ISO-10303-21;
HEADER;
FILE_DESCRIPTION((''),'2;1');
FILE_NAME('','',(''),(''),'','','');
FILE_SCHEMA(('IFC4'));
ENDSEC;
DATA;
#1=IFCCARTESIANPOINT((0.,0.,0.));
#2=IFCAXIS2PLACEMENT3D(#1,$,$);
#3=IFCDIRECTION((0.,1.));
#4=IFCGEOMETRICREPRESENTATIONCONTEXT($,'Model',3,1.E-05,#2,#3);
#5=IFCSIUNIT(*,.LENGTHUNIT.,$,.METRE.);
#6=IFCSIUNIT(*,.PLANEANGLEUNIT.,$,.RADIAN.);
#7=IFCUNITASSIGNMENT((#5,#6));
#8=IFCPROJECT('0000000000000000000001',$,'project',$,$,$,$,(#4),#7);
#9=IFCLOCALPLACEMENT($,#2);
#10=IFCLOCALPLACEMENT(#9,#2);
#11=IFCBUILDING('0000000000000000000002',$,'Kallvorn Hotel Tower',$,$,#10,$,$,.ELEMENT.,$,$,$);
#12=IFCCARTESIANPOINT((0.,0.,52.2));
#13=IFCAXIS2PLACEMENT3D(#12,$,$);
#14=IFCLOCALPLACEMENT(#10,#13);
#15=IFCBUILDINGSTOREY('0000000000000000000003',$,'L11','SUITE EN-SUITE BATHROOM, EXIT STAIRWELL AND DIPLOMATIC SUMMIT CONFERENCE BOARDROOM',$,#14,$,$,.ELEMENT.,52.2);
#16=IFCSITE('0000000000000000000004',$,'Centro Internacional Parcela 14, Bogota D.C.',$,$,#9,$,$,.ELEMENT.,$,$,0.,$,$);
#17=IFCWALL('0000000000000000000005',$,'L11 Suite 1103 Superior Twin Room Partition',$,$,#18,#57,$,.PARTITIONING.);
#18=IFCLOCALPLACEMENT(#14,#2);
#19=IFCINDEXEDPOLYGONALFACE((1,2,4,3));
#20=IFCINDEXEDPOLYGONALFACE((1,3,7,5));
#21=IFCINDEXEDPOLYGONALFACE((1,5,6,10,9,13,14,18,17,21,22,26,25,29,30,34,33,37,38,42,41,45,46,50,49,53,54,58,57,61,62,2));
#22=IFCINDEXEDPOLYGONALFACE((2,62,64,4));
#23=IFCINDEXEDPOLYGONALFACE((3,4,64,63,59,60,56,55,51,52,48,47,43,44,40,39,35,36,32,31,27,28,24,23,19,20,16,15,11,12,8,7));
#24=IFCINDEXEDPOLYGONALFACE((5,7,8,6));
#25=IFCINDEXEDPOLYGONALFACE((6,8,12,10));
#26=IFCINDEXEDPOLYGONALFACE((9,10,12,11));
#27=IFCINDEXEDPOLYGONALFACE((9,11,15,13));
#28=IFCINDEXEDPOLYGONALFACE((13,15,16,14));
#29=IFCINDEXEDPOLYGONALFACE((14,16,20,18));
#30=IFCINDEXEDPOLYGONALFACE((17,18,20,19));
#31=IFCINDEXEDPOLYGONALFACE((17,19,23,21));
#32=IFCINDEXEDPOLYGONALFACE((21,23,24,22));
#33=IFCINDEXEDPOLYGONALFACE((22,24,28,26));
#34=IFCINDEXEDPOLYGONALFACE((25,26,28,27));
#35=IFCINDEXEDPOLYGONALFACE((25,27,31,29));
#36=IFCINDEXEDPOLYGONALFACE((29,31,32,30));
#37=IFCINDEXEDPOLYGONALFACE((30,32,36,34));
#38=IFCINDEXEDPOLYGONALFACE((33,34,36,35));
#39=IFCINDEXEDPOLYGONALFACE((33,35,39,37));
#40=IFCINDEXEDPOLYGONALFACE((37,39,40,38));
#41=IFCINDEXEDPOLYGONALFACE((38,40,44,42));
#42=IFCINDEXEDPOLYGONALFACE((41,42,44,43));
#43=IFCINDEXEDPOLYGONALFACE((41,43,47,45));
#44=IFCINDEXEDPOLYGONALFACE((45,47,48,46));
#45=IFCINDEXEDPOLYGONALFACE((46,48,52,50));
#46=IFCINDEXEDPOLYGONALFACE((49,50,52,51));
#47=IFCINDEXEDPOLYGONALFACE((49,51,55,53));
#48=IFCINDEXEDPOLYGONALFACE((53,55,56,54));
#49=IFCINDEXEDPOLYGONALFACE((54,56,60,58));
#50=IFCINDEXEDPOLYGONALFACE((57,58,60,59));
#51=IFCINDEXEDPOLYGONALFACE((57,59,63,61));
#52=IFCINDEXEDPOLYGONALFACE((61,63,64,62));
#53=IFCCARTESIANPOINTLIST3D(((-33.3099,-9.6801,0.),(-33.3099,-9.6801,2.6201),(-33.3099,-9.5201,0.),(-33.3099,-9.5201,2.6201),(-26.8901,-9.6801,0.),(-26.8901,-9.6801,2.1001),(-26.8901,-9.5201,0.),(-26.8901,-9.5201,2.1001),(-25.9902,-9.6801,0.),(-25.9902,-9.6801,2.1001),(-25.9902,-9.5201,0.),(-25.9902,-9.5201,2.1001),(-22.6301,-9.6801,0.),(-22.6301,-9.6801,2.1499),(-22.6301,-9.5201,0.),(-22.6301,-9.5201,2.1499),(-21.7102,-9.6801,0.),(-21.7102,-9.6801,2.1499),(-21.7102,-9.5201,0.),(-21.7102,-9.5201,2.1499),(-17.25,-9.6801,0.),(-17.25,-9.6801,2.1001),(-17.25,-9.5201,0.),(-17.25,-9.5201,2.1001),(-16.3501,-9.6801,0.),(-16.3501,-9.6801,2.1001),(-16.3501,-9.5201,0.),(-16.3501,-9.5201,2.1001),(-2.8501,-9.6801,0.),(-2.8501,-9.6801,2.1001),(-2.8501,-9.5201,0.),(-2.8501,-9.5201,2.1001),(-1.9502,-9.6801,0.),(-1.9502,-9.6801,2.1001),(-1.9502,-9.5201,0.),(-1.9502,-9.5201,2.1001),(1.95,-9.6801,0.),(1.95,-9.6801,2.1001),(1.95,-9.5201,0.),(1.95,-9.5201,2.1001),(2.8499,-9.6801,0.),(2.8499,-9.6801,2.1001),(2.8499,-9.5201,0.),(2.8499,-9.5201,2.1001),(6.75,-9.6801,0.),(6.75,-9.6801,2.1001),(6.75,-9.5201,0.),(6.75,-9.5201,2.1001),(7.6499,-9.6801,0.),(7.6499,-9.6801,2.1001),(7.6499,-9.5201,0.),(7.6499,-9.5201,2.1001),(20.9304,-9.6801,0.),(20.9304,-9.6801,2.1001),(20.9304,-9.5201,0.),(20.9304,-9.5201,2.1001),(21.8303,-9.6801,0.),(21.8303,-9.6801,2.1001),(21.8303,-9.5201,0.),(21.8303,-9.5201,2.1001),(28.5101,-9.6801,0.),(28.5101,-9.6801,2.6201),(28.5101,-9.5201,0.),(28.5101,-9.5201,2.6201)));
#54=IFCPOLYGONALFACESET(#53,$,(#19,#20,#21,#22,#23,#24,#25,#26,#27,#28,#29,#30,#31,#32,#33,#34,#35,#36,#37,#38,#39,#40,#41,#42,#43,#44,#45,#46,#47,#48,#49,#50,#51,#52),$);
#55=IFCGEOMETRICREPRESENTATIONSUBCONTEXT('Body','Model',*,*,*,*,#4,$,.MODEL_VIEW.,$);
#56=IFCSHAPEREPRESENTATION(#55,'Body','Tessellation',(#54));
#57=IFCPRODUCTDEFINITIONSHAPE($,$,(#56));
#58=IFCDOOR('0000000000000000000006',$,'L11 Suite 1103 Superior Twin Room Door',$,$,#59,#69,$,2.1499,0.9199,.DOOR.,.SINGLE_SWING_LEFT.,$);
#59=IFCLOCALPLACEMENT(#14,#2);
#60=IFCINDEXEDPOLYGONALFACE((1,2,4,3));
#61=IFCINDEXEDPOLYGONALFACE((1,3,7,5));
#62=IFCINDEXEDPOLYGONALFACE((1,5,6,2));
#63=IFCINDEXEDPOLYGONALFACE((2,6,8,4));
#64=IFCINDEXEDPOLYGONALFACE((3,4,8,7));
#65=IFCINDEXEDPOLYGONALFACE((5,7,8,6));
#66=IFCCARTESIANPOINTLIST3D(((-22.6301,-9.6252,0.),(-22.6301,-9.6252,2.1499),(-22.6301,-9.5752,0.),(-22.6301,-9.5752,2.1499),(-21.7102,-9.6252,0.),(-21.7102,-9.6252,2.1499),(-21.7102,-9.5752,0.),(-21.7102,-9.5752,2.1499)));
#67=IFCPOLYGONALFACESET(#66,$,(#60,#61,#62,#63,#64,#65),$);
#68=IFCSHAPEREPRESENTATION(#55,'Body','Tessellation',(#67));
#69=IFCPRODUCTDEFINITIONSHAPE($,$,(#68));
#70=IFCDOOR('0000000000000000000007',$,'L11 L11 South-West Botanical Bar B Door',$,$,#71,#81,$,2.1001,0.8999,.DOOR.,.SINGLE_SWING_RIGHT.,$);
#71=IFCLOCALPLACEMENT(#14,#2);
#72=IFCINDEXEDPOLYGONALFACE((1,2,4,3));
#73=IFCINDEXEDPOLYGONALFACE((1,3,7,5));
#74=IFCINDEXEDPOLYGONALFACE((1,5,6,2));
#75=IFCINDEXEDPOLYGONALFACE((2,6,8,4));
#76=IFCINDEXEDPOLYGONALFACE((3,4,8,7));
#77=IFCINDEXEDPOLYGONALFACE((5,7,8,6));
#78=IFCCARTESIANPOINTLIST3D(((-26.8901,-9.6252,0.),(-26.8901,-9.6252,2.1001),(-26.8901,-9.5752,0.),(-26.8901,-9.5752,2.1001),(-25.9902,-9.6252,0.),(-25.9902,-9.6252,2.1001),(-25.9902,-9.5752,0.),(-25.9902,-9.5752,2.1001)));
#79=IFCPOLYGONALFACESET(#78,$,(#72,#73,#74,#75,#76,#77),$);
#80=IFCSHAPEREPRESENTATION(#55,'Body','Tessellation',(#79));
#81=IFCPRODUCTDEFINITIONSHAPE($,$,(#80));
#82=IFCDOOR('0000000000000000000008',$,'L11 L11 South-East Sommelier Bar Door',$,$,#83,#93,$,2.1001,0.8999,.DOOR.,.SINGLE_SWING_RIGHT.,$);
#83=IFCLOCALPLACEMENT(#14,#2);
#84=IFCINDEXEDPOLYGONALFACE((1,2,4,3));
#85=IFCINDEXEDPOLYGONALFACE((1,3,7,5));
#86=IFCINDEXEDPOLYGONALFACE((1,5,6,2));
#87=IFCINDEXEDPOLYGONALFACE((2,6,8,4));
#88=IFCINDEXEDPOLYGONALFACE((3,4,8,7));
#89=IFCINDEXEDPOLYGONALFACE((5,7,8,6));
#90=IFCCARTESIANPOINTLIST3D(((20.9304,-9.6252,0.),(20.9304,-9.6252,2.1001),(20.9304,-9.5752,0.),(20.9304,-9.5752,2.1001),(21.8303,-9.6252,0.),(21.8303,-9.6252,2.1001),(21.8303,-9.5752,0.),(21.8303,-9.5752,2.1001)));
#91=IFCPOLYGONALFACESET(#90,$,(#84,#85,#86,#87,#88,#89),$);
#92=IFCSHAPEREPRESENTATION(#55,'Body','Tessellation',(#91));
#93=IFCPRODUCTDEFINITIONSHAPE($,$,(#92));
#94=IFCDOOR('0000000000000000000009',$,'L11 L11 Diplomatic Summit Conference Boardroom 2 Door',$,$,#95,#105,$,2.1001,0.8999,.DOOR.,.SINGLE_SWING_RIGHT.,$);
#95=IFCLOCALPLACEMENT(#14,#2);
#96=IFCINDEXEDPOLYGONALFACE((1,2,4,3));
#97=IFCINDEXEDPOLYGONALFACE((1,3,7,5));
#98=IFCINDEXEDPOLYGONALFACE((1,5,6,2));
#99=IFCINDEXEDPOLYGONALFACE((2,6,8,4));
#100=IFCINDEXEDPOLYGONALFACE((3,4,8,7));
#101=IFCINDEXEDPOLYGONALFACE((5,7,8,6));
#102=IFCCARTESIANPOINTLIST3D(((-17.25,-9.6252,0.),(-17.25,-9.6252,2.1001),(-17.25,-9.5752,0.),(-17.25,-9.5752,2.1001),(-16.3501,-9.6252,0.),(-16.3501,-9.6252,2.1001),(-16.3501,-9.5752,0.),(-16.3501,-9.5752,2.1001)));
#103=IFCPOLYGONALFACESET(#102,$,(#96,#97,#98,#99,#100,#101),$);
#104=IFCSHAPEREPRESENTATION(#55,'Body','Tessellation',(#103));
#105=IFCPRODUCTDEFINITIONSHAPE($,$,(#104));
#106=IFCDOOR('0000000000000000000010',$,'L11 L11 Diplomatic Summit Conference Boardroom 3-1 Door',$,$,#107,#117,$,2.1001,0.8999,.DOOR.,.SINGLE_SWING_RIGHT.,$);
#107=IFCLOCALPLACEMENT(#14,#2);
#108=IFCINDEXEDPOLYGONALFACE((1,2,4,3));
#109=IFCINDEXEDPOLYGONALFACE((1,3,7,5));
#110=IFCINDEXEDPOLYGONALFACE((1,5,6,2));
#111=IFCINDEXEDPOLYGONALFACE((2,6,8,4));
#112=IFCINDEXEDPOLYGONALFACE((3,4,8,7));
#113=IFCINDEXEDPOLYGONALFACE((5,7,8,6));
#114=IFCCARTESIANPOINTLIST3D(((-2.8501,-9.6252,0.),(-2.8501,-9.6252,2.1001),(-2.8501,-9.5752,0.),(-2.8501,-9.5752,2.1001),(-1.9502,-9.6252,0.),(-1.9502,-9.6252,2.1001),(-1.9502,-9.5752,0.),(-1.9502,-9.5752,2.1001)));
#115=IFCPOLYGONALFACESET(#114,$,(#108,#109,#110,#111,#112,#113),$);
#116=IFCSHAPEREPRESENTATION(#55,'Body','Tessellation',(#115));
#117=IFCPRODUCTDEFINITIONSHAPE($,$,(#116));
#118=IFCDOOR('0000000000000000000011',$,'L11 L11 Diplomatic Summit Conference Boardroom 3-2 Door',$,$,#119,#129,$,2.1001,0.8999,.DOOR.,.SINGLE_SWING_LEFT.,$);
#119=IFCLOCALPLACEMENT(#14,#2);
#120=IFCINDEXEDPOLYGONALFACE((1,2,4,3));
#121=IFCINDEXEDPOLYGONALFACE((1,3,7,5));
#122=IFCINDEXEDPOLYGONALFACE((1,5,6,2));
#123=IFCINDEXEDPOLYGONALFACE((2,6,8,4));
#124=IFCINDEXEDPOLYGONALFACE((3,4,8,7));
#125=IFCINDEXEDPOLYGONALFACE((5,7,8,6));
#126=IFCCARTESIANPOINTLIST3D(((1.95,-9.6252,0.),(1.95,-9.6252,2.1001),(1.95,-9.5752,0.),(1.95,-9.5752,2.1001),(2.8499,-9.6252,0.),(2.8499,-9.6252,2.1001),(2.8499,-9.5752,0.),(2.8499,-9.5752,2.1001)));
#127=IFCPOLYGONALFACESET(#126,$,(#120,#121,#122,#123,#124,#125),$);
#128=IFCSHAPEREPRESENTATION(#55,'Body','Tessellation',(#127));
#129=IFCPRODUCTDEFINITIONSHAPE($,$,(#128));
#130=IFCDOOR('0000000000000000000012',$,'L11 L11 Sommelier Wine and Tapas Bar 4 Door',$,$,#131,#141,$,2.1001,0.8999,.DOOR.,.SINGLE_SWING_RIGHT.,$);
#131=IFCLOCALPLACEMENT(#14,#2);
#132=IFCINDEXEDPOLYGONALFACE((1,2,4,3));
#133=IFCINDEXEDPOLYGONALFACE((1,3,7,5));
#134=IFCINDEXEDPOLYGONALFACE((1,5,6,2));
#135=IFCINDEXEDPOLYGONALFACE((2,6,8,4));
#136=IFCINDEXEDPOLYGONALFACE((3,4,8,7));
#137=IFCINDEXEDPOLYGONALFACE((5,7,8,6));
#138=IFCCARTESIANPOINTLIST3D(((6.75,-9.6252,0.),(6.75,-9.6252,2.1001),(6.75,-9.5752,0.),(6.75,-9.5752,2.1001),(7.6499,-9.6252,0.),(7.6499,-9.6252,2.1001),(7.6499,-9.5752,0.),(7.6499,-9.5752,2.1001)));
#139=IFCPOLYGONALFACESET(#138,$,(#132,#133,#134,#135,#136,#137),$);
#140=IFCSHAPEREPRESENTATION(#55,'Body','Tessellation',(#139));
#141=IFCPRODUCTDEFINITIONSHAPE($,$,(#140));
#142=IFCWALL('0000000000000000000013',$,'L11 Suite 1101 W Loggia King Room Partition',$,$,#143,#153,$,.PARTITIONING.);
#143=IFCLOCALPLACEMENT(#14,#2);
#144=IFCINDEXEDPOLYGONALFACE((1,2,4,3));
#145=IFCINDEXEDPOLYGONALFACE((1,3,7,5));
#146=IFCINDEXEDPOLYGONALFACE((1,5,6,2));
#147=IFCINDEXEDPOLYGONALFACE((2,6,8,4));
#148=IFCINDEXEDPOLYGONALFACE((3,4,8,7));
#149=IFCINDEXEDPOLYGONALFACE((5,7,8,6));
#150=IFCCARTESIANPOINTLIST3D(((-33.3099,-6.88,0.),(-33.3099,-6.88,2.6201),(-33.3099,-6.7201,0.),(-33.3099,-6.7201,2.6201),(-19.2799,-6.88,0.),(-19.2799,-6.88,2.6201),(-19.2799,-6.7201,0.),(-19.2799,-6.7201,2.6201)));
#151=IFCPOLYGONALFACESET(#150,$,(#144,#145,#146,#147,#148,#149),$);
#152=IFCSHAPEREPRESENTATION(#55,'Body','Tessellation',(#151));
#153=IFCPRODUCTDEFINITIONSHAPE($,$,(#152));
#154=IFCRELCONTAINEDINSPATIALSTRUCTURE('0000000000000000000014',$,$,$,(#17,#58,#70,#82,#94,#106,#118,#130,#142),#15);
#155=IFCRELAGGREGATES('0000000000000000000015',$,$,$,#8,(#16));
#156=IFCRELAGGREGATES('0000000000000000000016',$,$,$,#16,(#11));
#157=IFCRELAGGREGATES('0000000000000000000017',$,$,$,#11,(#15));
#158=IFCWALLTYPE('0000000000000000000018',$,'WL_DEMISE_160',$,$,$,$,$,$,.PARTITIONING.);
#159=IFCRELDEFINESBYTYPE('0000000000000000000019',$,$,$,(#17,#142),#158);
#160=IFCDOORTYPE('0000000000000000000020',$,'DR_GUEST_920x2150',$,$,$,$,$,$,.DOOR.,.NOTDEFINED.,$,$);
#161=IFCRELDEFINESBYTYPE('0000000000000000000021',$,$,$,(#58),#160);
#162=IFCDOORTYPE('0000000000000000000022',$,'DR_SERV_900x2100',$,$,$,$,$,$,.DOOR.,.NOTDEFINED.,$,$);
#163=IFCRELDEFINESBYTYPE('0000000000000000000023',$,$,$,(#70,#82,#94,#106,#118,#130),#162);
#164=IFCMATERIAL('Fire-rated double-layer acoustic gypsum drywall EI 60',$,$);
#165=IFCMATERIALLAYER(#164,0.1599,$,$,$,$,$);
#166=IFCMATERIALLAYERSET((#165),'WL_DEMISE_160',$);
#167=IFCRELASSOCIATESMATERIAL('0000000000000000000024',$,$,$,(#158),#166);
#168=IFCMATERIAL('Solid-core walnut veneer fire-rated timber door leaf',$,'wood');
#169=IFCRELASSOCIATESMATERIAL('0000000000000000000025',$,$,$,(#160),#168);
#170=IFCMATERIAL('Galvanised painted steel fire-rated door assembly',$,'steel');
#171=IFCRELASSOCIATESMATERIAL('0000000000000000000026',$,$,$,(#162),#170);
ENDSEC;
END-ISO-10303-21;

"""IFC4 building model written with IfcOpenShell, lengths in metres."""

from ifc_helpers import new_model, si_unit, direction, frame, frame_2d, origin, place, context, subcontext, project, spatial, rectangle, extrude, material, layer, layer_set, type_object, element, fill, save


model = new_model("IFC4")

# Units and contexts
model_context = context("Model", 3, precision=1e-05, world=origin(), true_north=direction((0.0, 1.0)))
body_context = subcontext(model_context, "Body", "Model", "MODEL_VIEW")
ifc_project = project(units=[si_unit("LENGTHUNIT", "METRE"), si_unit("PLANEANGLEUNIT", "RADIAN")], contexts=[model_context])

# Site, building, storey
site_placement = place(None, origin())
site = spatial("IfcSite", under=ifc_project, at=site_placement, Name="Centro Internacional Parcela 14, Bogota D.C.", CompositionType="ELEMENT", RefElevation=0.0)
building_placement = place(site_placement, origin())
building = spatial("IfcBuilding", under=site, at=building_placement, Name="Kallvorn Hotel Tower", CompositionType="ELEMENT")
storey_placement = place(building_placement, frame((0.0, 0.0, 52.2)))
storey = spatial("IfcBuildingStorey", under=building, at=storey_placement, Name="L11", Description="SUITE EN-SUITE BATHROOM, EXIT STAIRWELL AND DIPLOMATIC SUMMIT CONFERENCE BOARDROOM", CompositionType="ELEMENT", Elevation=52.2)

# Wall, openings, doors
ifc_material_1 = material(Name="Fire-rated double-layer acoustic gypsum drywall EI 60")
ifc_layer = layer(ifc_material_1, 0.1599)
ifc_layer_set = layer_set([ifc_layer], Name="WL_DEMISE_160")
wall_type = type_object("IfcWallType", Name="WL_DEMISE_160", PredefinedType="PARTITIONING", material=ifc_layer_set)
wall_1_placement = place(storey_placement, frame((-33.3101, -9.6001, 0.0), z_axis=(0.0, 0.0, 1.0), x_axis=(1.0, 0.0, 0.0)))
wall_1 = element("IfcWall", 1, at=wall_1_placement, inside=storey, type_object=wall_type, Name="L11 Suite 1103 Superior Twin Room Partition", PredefinedType="PARTITIONING", context=body_context, shape_type="SweptSolid", body=[
    extrude(rectangle(XDim=61.8201, YDim=0.1599, at=frame_2d((30.9102, 0.0))), origin(), (0.0, 0.0, 1.0), 2.6201),
])
opening_1_placement = place(wall_1_placement, frame((6.4199, 0.0, 0.0)))
opening_1 = element("IfcOpeningElement", 2, at=opening_1_placement, cuts=wall_1, PredefinedType="OPENING", context=body_context, shape_type="SweptSolid", body=[
    extrude(rectangle(XDim=0.8999, YDim=2.1001, at=frame_2d((0.45, 1.05))), frame((0.0, 0.095, 0.0), z_axis=(0.0, -1.0, 0.0), x_axis=(1.0, 0.0, 0.0)), (0.0, 0.0, 1.0), 0.1899),
])
opening_2_placement = place(wall_1_placement, frame((54.2405, 0.0, 0.0)))
opening_2 = element("IfcOpeningElement", 3, at=opening_2_placement, cuts=wall_1, PredefinedType="OPENING", context=body_context, shape_type="SweptSolid", body=[
    extrude(rectangle(XDim=0.8999, YDim=2.1001, at=frame_2d((0.45, 1.05))), frame((0.0, 0.095, 0.0), z_axis=(0.0, -1.0, 0.0), x_axis=(1.0, 0.0, 0.0)), (0.0, 0.0, 1.0), 0.1899),
])
opening_3_placement = place(wall_1_placement, frame((10.6799, 0.0, 0.0)))
opening_3 = element("IfcOpeningElement", 4, at=opening_3_placement, cuts=wall_1, PredefinedType="OPENING", context=body_context, shape_type="SweptSolid", body=[
    extrude(rectangle(XDim=0.9199, YDim=2.1499, at=frame_2d((0.46, 1.075))), frame((0.0, 0.095, 0.0), z_axis=(0.0, -1.0, 0.0), x_axis=(1.0, 0.0, 0.0)), (0.0, 0.0, 1.0), 0.1899),
])
opening_4_placement = place(wall_1_placement, frame((16.0601, 0.0, 0.0)))
opening_4 = element("IfcOpeningElement", 5, at=opening_4_placement, cuts=wall_1, PredefinedType="OPENING", context=body_context, shape_type="SweptSolid", body=[
    extrude(rectangle(XDim=0.8999, YDim=2.1001, at=frame_2d((0.45, 1.05))), frame((0.0, 0.095, 0.0), z_axis=(0.0, -1.0, 0.0), x_axis=(1.0, 0.0, 0.0)), (0.0, 0.0, 1.0), 0.1899),
])
opening_5_placement = place(wall_1_placement, frame((30.46, 0.0, 0.0)))
opening_5 = element("IfcOpeningElement", 6, at=opening_5_placement, cuts=wall_1, PredefinedType="OPENING", context=body_context, shape_type="SweptSolid", body=[
    extrude(rectangle(XDim=0.8999, YDim=2.1001, at=frame_2d((0.45, 1.05))), frame((0.0, 0.095, 0.0), z_axis=(0.0, -1.0, 0.0), x_axis=(1.0, 0.0, 0.0)), (0.0, 0.0, 1.0), 0.1899),
])
opening_6_placement = place(wall_1_placement, frame((35.26, 0.0, 0.0)))
opening_6 = element("IfcOpeningElement", 7, at=opening_6_placement, cuts=wall_1, PredefinedType="OPENING", context=body_context, shape_type="SweptSolid", body=[
    extrude(rectangle(XDim=0.8999, YDim=2.1001, at=frame_2d((0.45, 1.05))), frame((0.0, 0.095, 0.0), z_axis=(0.0, -1.0, 0.0), x_axis=(1.0, 0.0, 0.0)), (0.0, 0.0, 1.0), 0.1899),
])
opening_7_placement = place(wall_1_placement, frame((40.0601, 0.0, 0.0)))
opening_7 = element("IfcOpeningElement", 8, at=opening_7_placement, cuts=wall_1, PredefinedType="OPENING", context=body_context, shape_type="SweptSolid", body=[
    extrude(rectangle(XDim=0.8999, YDim=2.1001, at=frame_2d((0.45, 1.05))), frame((0.0, 0.095, 0.0), z_axis=(0.0, -1.0, 0.0), x_axis=(1.0, 0.0, 0.0)), (0.0, 0.0, 1.0), 0.1899),
])
ifc_material_2 = material(Name="Solid-core walnut veneer fire-rated timber door leaf", Category="wood")
door_type_1 = type_object("IfcDoorType", Name="DR_GUEST_920x2150", OperationType="NOTDEFINED", PredefinedType="DOOR", material=ifc_material_2)
door_1_placement = place(opening_3_placement, origin())
door_1 = element("IfcDoor", 9, at=door_1_placement, inside=storey, type_object=door_type_1, Name="L11 Suite 1103 Superior Twin Room Door", OperationType="SINGLE_SWING_LEFT", OverallHeight=2.1499, OverallWidth=0.9199, PredefinedType="DOOR", context=body_context, shape_type="SweptSolid", body=[
    extrude(rectangle(XDim=0.9199, YDim=2.1499, at=frame_2d((0.46, 1.075))), frame((0.0, 0.0249, 0.0), z_axis=(0.0, -1.0, 0.0), x_axis=(1.0, 0.0, 0.0)), (0.0, 0.0, 1.0), 0.05),
])
fill(opening_3, door_1)
ifc_material_3 = material(Name="Galvanised painted steel fire-rated door assembly", Category="steel")
door_type_2 = type_object("IfcDoorType", Name="DR_SERV_900x2100", OperationType="NOTDEFINED", PredefinedType="DOOR", material=ifc_material_3)
door_2_placement = place(opening_1_placement, origin())
door_2 = element("IfcDoor", 10, at=door_2_placement, inside=storey, type_object=door_type_2, Name="L11 L11 South-West Botanical Bar B Door", OperationType="SINGLE_SWING_RIGHT", OverallHeight=2.1001, OverallWidth=0.8999, PredefinedType="DOOR", context=body_context, shape_type="SweptSolid", body=[
    extrude(rectangle(XDim=0.8999, YDim=2.1001, at=frame_2d((0.45, 1.05))), frame((0.0, 0.0249, 0.0), z_axis=(0.0, -1.0, 0.0), x_axis=(1.0, 0.0, 0.0)), (0.0, 0.0, 1.0), 0.05),
])
fill(opening_1, door_2)
door_3_placement = place(opening_2_placement, origin())
door_3 = element("IfcDoor", 11, at=door_3_placement, inside=storey, type_object=door_type_2, Name="L11 L11 South-East Sommelier Bar Door", OperationType="SINGLE_SWING_RIGHT", OverallHeight=2.1001, OverallWidth=0.8999, PredefinedType="DOOR", context=body_context, shape_type="SweptSolid", body=[
    extrude(rectangle(XDim=0.8999, YDim=2.1001, at=frame_2d((0.45, 1.05))), frame((0.0, 0.0249, 0.0), z_axis=(0.0, -1.0, 0.0), x_axis=(1.0, 0.0, 0.0)), (0.0, 0.0, 1.0), 0.05),
])
fill(opening_2, door_3)
door_4_placement = place(opening_4_placement, origin())
door_4 = element("IfcDoor", 12, at=door_4_placement, inside=storey, type_object=door_type_2, Name="L11 L11 Diplomatic Summit Conference Boardroom 2 Door", OperationType="SINGLE_SWING_RIGHT", OverallHeight=2.1001, OverallWidth=0.8999, PredefinedType="DOOR", context=body_context, shape_type="SweptSolid", body=[
    extrude(rectangle(XDim=0.8999, YDim=2.1001, at=frame_2d((0.45, 1.05))), frame((0.0, 0.0249, 0.0), z_axis=(0.0, -1.0, 0.0), x_axis=(1.0, 0.0, 0.0)), (0.0, 0.0, 1.0), 0.05),
])
fill(opening_4, door_4)
door_5_placement = place(opening_5_placement, origin())
door_5 = element("IfcDoor", 13, at=door_5_placement, inside=storey, type_object=door_type_2, Name="L11 L11 Diplomatic Summit Conference Boardroom 3-1 Door", OperationType="SINGLE_SWING_RIGHT", OverallHeight=2.1001, OverallWidth=0.8999, PredefinedType="DOOR", context=body_context, shape_type="SweptSolid", body=[
    extrude(rectangle(XDim=0.8999, YDim=2.1001, at=frame_2d((0.45, 1.05))), frame((0.0, 0.0249, 0.0), z_axis=(0.0, -1.0, 0.0), x_axis=(1.0, 0.0, 0.0)), (0.0, 0.0, 1.0), 0.05),
])
fill(opening_5, door_5)
door_6_placement = place(opening_6_placement, origin())
door_6 = element("IfcDoor", 14, at=door_6_placement, inside=storey, type_object=door_type_2, Name="L11 L11 Diplomatic Summit Conference Boardroom 3-2 Door", OperationType="SINGLE_SWING_LEFT", OverallHeight=2.1001, OverallWidth=0.8999, PredefinedType="DOOR", context=body_context, shape_type="SweptSolid", body=[
    extrude(rectangle(XDim=0.8999, YDim=2.1001, at=frame_2d((0.45, 1.05))), frame((0.0, 0.0249, 0.0), z_axis=(0.0, -1.0, 0.0), x_axis=(1.0, 0.0, 0.0)), (0.0, 0.0, 1.0), 0.05),
])
fill(opening_6, door_6)
door_7_placement = place(opening_7_placement, origin())
door_7 = element("IfcDoor", 15, at=door_7_placement, inside=storey, type_object=door_type_2, Name="L11 L11 Sommelier Wine and Tapas Bar 4 Door", OperationType="SINGLE_SWING_RIGHT", OverallHeight=2.1001, OverallWidth=0.8999, PredefinedType="DOOR", context=body_context, shape_type="SweptSolid", body=[
    extrude(rectangle(XDim=0.8999, YDim=2.1001, at=frame_2d((0.45, 1.05))), frame((0.0, 0.0249, 0.0), z_axis=(0.0, -1.0, 0.0), x_axis=(1.0, 0.0, 0.0)), (0.0, 0.0, 1.0), 0.05),
])
fill(opening_7, door_7)

# Wall
wall_2_placement = place(storey_placement, frame((-33.3101, -6.8, 0.0), z_axis=(0.0, 0.0, 1.0), x_axis=(1.0, 0.0, 0.0)))
element("IfcWall", 16, at=wall_2_placement, inside=storey, type_object=wall_type, Name="L11 Suite 1101 W Loggia King Room Partition", PredefinedType="PARTITIONING", context=body_context, shape_type="SweptSolid", body=[
    extrude(rectangle(XDim=14.03, YDim=0.1599, at=frame_2d((7.0151, 0.0))), origin(), (0.0, 0.0, 1.0), 2.6201),
])

save(model, "model.ifc")
